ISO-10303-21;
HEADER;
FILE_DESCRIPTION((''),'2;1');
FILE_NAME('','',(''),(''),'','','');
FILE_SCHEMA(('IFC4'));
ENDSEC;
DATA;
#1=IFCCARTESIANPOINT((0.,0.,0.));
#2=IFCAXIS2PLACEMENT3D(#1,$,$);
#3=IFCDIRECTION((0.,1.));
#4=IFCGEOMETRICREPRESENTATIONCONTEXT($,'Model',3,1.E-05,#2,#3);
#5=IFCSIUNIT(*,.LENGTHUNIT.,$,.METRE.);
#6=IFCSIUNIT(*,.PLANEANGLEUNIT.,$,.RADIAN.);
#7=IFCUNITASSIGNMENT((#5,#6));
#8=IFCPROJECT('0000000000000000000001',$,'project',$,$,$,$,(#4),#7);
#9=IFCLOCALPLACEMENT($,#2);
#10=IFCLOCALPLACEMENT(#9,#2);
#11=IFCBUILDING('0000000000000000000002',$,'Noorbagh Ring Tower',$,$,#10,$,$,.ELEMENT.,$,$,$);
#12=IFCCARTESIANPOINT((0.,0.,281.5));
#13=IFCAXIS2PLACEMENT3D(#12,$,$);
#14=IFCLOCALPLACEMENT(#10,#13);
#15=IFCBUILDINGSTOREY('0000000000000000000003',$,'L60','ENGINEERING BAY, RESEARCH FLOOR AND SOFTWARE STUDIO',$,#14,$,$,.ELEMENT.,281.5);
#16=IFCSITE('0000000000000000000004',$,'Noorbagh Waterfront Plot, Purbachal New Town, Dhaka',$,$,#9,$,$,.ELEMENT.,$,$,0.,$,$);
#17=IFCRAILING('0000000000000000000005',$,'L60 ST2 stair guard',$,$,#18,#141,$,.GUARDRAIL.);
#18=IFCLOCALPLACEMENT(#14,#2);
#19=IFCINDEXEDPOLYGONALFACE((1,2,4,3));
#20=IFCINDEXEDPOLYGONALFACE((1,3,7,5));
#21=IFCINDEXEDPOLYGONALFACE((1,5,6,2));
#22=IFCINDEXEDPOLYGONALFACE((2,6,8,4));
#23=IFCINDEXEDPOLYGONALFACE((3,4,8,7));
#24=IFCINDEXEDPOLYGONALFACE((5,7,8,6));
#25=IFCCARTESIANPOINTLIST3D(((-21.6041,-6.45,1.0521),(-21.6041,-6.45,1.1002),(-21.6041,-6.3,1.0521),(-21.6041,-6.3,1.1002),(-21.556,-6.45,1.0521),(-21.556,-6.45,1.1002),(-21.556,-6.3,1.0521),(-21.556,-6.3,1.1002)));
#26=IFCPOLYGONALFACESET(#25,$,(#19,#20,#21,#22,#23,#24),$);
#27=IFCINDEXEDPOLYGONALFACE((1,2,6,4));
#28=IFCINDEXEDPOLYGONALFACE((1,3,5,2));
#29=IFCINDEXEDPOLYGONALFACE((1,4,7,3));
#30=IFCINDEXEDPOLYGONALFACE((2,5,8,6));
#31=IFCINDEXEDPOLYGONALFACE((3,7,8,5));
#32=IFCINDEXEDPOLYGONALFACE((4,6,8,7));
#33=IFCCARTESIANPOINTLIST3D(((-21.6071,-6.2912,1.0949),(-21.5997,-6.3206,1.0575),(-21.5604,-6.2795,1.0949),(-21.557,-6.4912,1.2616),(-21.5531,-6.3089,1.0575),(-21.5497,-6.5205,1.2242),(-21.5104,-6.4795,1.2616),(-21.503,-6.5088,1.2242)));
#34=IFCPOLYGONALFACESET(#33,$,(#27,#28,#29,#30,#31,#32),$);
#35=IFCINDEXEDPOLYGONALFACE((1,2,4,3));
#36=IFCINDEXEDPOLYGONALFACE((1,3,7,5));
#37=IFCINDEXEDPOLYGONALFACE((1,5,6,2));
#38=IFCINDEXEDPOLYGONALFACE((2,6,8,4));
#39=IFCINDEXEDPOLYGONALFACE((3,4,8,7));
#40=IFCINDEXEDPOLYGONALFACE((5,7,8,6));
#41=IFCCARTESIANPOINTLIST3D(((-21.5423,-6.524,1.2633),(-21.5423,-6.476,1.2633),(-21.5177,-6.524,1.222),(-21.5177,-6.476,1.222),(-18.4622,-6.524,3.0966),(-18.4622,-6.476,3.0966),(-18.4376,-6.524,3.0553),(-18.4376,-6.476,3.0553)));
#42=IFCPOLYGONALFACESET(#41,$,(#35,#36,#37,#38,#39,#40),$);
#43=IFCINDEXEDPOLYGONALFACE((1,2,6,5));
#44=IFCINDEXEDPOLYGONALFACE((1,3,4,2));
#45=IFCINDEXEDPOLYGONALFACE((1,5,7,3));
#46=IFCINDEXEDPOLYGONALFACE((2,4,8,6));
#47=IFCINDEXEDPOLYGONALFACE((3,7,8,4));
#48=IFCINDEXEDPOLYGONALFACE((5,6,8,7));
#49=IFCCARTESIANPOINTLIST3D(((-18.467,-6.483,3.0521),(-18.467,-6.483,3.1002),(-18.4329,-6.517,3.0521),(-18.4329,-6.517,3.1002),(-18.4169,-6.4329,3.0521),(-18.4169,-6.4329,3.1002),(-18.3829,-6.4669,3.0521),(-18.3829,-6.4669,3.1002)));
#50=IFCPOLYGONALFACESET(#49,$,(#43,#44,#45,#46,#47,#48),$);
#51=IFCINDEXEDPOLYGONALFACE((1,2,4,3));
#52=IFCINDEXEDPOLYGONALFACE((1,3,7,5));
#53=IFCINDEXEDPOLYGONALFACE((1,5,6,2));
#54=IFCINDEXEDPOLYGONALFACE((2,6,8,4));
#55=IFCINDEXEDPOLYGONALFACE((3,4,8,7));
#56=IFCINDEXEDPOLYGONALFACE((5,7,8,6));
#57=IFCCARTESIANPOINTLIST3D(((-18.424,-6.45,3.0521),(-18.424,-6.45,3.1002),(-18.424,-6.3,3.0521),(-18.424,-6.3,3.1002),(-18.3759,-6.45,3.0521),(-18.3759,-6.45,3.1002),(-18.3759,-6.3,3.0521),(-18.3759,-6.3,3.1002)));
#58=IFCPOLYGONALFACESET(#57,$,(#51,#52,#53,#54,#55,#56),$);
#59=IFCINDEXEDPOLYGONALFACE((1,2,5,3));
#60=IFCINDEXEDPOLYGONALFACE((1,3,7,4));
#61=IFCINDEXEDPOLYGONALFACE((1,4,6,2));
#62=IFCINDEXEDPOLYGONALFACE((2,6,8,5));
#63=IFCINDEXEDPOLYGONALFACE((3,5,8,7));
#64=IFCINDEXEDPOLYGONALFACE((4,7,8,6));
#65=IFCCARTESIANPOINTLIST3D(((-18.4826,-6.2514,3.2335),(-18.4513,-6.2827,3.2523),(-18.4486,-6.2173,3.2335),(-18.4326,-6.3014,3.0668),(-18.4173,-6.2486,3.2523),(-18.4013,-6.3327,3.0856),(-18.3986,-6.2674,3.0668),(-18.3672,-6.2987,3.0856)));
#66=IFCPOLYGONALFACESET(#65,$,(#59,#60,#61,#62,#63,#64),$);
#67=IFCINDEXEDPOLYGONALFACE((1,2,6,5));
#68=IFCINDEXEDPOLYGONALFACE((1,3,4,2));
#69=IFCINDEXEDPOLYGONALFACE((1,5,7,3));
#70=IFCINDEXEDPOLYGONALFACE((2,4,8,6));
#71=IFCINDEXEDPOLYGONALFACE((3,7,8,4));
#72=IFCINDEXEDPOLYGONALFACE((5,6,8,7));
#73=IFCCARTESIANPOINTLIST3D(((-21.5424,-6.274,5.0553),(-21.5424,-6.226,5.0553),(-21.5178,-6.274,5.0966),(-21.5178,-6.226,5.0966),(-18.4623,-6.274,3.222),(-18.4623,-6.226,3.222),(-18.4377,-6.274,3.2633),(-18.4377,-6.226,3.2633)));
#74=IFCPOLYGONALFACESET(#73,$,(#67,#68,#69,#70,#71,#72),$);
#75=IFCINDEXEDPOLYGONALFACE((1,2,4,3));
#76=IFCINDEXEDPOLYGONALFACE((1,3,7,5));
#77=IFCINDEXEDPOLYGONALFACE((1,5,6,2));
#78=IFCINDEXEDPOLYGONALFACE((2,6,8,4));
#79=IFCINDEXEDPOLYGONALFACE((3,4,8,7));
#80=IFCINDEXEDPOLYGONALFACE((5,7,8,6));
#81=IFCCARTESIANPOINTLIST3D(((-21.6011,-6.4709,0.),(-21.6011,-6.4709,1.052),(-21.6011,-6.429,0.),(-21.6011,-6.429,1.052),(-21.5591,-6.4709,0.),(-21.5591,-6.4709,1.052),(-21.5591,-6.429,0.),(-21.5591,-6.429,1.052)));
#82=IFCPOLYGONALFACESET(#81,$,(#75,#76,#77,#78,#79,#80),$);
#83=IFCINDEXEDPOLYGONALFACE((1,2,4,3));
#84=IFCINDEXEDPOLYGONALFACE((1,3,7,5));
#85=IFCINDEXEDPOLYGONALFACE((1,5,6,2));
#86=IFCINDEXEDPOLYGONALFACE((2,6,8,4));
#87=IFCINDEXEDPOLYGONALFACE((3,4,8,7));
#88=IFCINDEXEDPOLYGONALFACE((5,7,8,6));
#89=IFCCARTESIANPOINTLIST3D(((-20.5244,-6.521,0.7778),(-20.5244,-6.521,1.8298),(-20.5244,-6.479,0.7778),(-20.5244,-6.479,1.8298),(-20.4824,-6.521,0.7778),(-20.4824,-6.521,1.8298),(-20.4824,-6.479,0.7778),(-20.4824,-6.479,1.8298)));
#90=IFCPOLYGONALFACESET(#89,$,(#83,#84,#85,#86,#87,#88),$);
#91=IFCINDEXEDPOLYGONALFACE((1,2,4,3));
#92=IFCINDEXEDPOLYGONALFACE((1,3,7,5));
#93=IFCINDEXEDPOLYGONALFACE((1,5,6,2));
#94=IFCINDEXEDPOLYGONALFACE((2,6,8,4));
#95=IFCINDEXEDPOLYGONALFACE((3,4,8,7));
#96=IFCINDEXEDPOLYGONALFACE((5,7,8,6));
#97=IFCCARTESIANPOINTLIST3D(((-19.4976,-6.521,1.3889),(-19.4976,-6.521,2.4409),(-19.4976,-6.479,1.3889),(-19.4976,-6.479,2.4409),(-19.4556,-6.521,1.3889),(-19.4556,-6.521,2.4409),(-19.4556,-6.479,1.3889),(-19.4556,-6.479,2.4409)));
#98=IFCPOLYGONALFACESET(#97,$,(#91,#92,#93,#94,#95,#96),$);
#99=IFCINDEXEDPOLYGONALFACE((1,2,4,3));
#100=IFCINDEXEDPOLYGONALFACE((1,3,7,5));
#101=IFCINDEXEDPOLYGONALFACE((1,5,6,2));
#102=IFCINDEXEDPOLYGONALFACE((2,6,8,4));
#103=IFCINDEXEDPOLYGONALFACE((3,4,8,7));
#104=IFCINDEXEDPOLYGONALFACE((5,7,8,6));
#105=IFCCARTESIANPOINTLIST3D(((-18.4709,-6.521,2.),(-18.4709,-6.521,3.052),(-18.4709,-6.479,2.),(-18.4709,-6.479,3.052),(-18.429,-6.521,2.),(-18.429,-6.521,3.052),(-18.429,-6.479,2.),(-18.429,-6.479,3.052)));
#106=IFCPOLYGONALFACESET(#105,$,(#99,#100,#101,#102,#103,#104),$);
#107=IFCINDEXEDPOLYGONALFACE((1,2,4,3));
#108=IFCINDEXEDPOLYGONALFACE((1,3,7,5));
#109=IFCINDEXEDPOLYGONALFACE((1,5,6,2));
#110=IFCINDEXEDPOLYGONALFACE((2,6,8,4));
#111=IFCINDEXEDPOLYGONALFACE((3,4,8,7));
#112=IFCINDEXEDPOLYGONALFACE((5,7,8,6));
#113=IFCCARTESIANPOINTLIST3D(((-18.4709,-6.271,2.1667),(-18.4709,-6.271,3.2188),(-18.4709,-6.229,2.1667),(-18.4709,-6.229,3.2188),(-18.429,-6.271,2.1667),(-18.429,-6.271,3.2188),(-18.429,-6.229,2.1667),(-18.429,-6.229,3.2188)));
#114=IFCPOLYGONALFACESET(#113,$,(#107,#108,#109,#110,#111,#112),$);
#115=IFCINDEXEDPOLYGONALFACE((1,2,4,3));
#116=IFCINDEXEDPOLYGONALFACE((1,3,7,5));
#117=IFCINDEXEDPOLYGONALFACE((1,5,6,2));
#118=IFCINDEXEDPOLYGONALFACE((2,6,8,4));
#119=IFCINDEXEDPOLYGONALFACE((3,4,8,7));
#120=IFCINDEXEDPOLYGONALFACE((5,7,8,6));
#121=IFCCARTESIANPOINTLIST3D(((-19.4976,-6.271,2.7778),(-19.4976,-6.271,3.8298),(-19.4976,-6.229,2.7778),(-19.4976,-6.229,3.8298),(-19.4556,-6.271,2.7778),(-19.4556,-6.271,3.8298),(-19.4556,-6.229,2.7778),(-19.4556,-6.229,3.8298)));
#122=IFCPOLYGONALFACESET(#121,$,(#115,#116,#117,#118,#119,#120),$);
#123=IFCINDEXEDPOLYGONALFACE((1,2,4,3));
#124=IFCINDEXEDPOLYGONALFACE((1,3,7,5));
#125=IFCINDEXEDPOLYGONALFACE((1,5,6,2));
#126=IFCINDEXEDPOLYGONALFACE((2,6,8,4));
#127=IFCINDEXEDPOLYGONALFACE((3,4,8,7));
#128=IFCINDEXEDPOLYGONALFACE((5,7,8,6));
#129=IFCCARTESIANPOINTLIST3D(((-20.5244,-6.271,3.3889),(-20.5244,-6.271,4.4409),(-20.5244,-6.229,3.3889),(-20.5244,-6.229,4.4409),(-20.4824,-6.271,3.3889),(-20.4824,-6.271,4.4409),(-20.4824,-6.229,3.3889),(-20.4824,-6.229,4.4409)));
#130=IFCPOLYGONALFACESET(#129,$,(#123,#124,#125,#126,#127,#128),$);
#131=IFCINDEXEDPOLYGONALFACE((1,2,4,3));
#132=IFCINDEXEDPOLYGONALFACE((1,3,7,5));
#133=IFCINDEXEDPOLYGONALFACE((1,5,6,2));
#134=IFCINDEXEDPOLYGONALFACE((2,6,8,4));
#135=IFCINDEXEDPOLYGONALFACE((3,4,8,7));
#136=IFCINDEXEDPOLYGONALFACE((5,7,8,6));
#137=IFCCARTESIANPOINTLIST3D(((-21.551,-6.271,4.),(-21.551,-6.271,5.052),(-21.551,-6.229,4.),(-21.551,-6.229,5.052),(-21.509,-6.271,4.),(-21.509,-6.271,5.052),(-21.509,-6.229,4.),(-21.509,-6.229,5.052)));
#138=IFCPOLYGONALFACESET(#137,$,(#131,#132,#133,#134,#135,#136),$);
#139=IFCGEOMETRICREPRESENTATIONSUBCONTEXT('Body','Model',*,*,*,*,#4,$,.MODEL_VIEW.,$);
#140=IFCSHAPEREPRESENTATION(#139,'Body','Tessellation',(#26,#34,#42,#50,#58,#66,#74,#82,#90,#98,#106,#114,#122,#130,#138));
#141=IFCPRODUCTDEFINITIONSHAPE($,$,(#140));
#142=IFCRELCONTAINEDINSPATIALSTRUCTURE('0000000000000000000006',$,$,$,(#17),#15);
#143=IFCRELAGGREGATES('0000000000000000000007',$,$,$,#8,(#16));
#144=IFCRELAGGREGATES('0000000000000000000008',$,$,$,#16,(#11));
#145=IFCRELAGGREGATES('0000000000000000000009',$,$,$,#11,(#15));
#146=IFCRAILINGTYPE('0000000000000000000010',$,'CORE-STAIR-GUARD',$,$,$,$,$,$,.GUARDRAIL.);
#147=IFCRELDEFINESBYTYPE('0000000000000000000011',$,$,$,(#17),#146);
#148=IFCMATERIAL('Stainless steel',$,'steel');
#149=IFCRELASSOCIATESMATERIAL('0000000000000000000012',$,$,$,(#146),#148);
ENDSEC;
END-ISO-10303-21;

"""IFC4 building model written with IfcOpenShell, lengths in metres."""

from ifc_helpers import new_model, si_unit, direction, frame, origin, origin_2d, place, context, subcontext, project, spatial, rectangle, extrude, material, type_object, element, save


model = new_model("IFC4")

# Units and contexts
model_context = context("Model", 3, precision=1e-05, world=origin(), true_north=direction((0.0, 1.0)))
body_context = subcontext(model_context, "Body", "Model", "MODEL_VIEW")
ifc_project = project(units=[si_unit("LENGTHUNIT", "METRE"), si_unit("PLANEANGLEUNIT", "RADIAN")], contexts=[model_context])

# Site, building, storey
site_placement = place(None, origin())
site = spatial("IfcSite", under=ifc_project, at=site_placement, Name="Noorbagh Waterfront Plot, Purbachal New Town, Dhaka", CompositionType="ELEMENT", RefElevation=0.0)
building_placement = place(site_placement, origin())
building = spatial("IfcBuilding", under=site, at=building_placement, Name="Noorbagh Ring Tower", CompositionType="ELEMENT")
storey_placement = place(building_placement, frame((0.0, 0.0, 281.5)))
storey = spatial("IfcBuildingStorey", under=building, at=storey_placement, Name="L60", Description="ENGINEERING BAY, RESEARCH FLOOR AND SOFTWARE STUDIO", CompositionType="ELEMENT", Elevation=281.5)

# Railing
ifc_material_1 = material(Name="Stainless steel", Category="steel")
railing_type_1 = type_object("IfcRailingType", Name="CORE-STAIR-GUARD", PredefinedType="GUARDRAIL", material=ifc_material_1)
railing_1_placement = place(storey_placement, frame((-21.5801, -6.45, 0.0)))
element("IfcRailing", 1, at=railing_1_placement, inside=storey, type_object=railing_type_1, Name="L60 ST2 stair guard", PredefinedType="GUARDRAIL", context=body_context, shape_type="SweptSolid", body=[
    extrude(rectangle(XDim=0.0481, YDim=0.0481, at=origin_2d()), frame((0.0, 0.0, 1.0762), z_axis=(0.0, 1.0, 0.0), x_axis=(-1.0, 0.0, 0.0)), (0.0, 0.0, 1.0), 0.1499),
    extrude(rectangle(XDim=0.0481, YDim=0.0481, at=origin_2d()), frame((0.0, 0.1499, 1.0762), z_axis=(0.188776, -0.754182, 0.628946), x_axis=(0.970073, 0.242814, 0.0)), (0.0, 0.0, 1.0), 0.2651),
    extrude(rectangle(XDim=0.0481, YDim=0.0481, at=origin_2d()), frame((0.05, -0.05, 1.2427), z_axis=(0.859309, 0.0, 0.511458), x_axis=(0.0, 1.0, 0.0)), (0.0, 0.0, 1.0), 3.5845),
    extrude(rectangle(XDim=0.0481, YDim=0.0481, at=origin_2d()), frame((3.1301, -0.05, 3.0762), z_axis=(0.707107, 0.707107, 0.0), x_axis=(-0.707107, 0.707107, 0.0)), (0.0, 0.0, 1.0), 0.0708),
    extrude(rectangle(XDim=0.0481, YDim=0.0481, at=origin_2d()), frame((3.1802, 0.0, 3.0762), z_axis=(0.0, 1.0, 0.0), x_axis=(-1.0, 0.0, 0.0)), (0.0, 0.0, 1.0), 0.1499),
    extrude(rectangle(XDim=0.0481, YDim=0.0481, at=origin_2d()), frame((3.1802, 0.1499, 3.0762), z_axis=(-0.276287, 0.276287, 0.920506), x_axis=(-0.707107, -0.707107, 0.0)), (0.0, 0.0, 1.0), 0.1812),
    extrude(rectangle(XDim=0.0481, YDim=0.0481, at=origin_2d()), frame((3.1301, 0.2, 3.2427), z_axis=(-0.859309, 0.0, 0.511458), x_axis=(0.0, -1.0, 0.0)), (0.0, 0.0, 1.0), 3.5845),
    extrude(rectangle(XDim=0.042, YDim=0.042, at=origin_2d()), origin(), (0.0, 0.0, 1.0), 1.052),
    extrude(rectangle(XDim=0.042, YDim=0.042, at=origin_2d()), frame((1.0767, -0.05, 0.7778)), (0.0, 0.0, 1.0), 1.052),
    extrude(rectangle(XDim=0.042, YDim=0.042, at=origin_2d()), frame((2.1035, -0.05, 1.3889)), (0.0, 0.0, 1.0), 1.052),
    extrude(rectangle(XDim=0.042, YDim=0.042, at=origin_2d()), frame((3.1301, -0.05, 2.0)), (0.0, 0.0, 1.0), 1.052),
    extrude(rectangle(XDim=0.042, YDim=0.042, at=origin_2d()), frame((3.1301, 0.2, 2.1667)), (0.0, 0.0, 1.0), 1.052),
    extrude(rectangle(XDim=0.042, YDim=0.042, at=origin_2d()), frame((2.1035, 0.2, 2.7778)), (0.0, 0.0, 1.0), 1.052),
    extrude(rectangle(XDim=0.042, YDim=0.042, at=origin_2d()), frame((1.0767, 0.2, 3.3889)), (0.0, 0.0, 1.0), 1.052),
    extrude(rectangle(XDim=0.042, YDim=0.042, at=origin_2d()), frame((0.05, 0.2, 4.0)), (0.0, 0.0, 1.0), 1.052),
])

save(model, "model.ifc")
